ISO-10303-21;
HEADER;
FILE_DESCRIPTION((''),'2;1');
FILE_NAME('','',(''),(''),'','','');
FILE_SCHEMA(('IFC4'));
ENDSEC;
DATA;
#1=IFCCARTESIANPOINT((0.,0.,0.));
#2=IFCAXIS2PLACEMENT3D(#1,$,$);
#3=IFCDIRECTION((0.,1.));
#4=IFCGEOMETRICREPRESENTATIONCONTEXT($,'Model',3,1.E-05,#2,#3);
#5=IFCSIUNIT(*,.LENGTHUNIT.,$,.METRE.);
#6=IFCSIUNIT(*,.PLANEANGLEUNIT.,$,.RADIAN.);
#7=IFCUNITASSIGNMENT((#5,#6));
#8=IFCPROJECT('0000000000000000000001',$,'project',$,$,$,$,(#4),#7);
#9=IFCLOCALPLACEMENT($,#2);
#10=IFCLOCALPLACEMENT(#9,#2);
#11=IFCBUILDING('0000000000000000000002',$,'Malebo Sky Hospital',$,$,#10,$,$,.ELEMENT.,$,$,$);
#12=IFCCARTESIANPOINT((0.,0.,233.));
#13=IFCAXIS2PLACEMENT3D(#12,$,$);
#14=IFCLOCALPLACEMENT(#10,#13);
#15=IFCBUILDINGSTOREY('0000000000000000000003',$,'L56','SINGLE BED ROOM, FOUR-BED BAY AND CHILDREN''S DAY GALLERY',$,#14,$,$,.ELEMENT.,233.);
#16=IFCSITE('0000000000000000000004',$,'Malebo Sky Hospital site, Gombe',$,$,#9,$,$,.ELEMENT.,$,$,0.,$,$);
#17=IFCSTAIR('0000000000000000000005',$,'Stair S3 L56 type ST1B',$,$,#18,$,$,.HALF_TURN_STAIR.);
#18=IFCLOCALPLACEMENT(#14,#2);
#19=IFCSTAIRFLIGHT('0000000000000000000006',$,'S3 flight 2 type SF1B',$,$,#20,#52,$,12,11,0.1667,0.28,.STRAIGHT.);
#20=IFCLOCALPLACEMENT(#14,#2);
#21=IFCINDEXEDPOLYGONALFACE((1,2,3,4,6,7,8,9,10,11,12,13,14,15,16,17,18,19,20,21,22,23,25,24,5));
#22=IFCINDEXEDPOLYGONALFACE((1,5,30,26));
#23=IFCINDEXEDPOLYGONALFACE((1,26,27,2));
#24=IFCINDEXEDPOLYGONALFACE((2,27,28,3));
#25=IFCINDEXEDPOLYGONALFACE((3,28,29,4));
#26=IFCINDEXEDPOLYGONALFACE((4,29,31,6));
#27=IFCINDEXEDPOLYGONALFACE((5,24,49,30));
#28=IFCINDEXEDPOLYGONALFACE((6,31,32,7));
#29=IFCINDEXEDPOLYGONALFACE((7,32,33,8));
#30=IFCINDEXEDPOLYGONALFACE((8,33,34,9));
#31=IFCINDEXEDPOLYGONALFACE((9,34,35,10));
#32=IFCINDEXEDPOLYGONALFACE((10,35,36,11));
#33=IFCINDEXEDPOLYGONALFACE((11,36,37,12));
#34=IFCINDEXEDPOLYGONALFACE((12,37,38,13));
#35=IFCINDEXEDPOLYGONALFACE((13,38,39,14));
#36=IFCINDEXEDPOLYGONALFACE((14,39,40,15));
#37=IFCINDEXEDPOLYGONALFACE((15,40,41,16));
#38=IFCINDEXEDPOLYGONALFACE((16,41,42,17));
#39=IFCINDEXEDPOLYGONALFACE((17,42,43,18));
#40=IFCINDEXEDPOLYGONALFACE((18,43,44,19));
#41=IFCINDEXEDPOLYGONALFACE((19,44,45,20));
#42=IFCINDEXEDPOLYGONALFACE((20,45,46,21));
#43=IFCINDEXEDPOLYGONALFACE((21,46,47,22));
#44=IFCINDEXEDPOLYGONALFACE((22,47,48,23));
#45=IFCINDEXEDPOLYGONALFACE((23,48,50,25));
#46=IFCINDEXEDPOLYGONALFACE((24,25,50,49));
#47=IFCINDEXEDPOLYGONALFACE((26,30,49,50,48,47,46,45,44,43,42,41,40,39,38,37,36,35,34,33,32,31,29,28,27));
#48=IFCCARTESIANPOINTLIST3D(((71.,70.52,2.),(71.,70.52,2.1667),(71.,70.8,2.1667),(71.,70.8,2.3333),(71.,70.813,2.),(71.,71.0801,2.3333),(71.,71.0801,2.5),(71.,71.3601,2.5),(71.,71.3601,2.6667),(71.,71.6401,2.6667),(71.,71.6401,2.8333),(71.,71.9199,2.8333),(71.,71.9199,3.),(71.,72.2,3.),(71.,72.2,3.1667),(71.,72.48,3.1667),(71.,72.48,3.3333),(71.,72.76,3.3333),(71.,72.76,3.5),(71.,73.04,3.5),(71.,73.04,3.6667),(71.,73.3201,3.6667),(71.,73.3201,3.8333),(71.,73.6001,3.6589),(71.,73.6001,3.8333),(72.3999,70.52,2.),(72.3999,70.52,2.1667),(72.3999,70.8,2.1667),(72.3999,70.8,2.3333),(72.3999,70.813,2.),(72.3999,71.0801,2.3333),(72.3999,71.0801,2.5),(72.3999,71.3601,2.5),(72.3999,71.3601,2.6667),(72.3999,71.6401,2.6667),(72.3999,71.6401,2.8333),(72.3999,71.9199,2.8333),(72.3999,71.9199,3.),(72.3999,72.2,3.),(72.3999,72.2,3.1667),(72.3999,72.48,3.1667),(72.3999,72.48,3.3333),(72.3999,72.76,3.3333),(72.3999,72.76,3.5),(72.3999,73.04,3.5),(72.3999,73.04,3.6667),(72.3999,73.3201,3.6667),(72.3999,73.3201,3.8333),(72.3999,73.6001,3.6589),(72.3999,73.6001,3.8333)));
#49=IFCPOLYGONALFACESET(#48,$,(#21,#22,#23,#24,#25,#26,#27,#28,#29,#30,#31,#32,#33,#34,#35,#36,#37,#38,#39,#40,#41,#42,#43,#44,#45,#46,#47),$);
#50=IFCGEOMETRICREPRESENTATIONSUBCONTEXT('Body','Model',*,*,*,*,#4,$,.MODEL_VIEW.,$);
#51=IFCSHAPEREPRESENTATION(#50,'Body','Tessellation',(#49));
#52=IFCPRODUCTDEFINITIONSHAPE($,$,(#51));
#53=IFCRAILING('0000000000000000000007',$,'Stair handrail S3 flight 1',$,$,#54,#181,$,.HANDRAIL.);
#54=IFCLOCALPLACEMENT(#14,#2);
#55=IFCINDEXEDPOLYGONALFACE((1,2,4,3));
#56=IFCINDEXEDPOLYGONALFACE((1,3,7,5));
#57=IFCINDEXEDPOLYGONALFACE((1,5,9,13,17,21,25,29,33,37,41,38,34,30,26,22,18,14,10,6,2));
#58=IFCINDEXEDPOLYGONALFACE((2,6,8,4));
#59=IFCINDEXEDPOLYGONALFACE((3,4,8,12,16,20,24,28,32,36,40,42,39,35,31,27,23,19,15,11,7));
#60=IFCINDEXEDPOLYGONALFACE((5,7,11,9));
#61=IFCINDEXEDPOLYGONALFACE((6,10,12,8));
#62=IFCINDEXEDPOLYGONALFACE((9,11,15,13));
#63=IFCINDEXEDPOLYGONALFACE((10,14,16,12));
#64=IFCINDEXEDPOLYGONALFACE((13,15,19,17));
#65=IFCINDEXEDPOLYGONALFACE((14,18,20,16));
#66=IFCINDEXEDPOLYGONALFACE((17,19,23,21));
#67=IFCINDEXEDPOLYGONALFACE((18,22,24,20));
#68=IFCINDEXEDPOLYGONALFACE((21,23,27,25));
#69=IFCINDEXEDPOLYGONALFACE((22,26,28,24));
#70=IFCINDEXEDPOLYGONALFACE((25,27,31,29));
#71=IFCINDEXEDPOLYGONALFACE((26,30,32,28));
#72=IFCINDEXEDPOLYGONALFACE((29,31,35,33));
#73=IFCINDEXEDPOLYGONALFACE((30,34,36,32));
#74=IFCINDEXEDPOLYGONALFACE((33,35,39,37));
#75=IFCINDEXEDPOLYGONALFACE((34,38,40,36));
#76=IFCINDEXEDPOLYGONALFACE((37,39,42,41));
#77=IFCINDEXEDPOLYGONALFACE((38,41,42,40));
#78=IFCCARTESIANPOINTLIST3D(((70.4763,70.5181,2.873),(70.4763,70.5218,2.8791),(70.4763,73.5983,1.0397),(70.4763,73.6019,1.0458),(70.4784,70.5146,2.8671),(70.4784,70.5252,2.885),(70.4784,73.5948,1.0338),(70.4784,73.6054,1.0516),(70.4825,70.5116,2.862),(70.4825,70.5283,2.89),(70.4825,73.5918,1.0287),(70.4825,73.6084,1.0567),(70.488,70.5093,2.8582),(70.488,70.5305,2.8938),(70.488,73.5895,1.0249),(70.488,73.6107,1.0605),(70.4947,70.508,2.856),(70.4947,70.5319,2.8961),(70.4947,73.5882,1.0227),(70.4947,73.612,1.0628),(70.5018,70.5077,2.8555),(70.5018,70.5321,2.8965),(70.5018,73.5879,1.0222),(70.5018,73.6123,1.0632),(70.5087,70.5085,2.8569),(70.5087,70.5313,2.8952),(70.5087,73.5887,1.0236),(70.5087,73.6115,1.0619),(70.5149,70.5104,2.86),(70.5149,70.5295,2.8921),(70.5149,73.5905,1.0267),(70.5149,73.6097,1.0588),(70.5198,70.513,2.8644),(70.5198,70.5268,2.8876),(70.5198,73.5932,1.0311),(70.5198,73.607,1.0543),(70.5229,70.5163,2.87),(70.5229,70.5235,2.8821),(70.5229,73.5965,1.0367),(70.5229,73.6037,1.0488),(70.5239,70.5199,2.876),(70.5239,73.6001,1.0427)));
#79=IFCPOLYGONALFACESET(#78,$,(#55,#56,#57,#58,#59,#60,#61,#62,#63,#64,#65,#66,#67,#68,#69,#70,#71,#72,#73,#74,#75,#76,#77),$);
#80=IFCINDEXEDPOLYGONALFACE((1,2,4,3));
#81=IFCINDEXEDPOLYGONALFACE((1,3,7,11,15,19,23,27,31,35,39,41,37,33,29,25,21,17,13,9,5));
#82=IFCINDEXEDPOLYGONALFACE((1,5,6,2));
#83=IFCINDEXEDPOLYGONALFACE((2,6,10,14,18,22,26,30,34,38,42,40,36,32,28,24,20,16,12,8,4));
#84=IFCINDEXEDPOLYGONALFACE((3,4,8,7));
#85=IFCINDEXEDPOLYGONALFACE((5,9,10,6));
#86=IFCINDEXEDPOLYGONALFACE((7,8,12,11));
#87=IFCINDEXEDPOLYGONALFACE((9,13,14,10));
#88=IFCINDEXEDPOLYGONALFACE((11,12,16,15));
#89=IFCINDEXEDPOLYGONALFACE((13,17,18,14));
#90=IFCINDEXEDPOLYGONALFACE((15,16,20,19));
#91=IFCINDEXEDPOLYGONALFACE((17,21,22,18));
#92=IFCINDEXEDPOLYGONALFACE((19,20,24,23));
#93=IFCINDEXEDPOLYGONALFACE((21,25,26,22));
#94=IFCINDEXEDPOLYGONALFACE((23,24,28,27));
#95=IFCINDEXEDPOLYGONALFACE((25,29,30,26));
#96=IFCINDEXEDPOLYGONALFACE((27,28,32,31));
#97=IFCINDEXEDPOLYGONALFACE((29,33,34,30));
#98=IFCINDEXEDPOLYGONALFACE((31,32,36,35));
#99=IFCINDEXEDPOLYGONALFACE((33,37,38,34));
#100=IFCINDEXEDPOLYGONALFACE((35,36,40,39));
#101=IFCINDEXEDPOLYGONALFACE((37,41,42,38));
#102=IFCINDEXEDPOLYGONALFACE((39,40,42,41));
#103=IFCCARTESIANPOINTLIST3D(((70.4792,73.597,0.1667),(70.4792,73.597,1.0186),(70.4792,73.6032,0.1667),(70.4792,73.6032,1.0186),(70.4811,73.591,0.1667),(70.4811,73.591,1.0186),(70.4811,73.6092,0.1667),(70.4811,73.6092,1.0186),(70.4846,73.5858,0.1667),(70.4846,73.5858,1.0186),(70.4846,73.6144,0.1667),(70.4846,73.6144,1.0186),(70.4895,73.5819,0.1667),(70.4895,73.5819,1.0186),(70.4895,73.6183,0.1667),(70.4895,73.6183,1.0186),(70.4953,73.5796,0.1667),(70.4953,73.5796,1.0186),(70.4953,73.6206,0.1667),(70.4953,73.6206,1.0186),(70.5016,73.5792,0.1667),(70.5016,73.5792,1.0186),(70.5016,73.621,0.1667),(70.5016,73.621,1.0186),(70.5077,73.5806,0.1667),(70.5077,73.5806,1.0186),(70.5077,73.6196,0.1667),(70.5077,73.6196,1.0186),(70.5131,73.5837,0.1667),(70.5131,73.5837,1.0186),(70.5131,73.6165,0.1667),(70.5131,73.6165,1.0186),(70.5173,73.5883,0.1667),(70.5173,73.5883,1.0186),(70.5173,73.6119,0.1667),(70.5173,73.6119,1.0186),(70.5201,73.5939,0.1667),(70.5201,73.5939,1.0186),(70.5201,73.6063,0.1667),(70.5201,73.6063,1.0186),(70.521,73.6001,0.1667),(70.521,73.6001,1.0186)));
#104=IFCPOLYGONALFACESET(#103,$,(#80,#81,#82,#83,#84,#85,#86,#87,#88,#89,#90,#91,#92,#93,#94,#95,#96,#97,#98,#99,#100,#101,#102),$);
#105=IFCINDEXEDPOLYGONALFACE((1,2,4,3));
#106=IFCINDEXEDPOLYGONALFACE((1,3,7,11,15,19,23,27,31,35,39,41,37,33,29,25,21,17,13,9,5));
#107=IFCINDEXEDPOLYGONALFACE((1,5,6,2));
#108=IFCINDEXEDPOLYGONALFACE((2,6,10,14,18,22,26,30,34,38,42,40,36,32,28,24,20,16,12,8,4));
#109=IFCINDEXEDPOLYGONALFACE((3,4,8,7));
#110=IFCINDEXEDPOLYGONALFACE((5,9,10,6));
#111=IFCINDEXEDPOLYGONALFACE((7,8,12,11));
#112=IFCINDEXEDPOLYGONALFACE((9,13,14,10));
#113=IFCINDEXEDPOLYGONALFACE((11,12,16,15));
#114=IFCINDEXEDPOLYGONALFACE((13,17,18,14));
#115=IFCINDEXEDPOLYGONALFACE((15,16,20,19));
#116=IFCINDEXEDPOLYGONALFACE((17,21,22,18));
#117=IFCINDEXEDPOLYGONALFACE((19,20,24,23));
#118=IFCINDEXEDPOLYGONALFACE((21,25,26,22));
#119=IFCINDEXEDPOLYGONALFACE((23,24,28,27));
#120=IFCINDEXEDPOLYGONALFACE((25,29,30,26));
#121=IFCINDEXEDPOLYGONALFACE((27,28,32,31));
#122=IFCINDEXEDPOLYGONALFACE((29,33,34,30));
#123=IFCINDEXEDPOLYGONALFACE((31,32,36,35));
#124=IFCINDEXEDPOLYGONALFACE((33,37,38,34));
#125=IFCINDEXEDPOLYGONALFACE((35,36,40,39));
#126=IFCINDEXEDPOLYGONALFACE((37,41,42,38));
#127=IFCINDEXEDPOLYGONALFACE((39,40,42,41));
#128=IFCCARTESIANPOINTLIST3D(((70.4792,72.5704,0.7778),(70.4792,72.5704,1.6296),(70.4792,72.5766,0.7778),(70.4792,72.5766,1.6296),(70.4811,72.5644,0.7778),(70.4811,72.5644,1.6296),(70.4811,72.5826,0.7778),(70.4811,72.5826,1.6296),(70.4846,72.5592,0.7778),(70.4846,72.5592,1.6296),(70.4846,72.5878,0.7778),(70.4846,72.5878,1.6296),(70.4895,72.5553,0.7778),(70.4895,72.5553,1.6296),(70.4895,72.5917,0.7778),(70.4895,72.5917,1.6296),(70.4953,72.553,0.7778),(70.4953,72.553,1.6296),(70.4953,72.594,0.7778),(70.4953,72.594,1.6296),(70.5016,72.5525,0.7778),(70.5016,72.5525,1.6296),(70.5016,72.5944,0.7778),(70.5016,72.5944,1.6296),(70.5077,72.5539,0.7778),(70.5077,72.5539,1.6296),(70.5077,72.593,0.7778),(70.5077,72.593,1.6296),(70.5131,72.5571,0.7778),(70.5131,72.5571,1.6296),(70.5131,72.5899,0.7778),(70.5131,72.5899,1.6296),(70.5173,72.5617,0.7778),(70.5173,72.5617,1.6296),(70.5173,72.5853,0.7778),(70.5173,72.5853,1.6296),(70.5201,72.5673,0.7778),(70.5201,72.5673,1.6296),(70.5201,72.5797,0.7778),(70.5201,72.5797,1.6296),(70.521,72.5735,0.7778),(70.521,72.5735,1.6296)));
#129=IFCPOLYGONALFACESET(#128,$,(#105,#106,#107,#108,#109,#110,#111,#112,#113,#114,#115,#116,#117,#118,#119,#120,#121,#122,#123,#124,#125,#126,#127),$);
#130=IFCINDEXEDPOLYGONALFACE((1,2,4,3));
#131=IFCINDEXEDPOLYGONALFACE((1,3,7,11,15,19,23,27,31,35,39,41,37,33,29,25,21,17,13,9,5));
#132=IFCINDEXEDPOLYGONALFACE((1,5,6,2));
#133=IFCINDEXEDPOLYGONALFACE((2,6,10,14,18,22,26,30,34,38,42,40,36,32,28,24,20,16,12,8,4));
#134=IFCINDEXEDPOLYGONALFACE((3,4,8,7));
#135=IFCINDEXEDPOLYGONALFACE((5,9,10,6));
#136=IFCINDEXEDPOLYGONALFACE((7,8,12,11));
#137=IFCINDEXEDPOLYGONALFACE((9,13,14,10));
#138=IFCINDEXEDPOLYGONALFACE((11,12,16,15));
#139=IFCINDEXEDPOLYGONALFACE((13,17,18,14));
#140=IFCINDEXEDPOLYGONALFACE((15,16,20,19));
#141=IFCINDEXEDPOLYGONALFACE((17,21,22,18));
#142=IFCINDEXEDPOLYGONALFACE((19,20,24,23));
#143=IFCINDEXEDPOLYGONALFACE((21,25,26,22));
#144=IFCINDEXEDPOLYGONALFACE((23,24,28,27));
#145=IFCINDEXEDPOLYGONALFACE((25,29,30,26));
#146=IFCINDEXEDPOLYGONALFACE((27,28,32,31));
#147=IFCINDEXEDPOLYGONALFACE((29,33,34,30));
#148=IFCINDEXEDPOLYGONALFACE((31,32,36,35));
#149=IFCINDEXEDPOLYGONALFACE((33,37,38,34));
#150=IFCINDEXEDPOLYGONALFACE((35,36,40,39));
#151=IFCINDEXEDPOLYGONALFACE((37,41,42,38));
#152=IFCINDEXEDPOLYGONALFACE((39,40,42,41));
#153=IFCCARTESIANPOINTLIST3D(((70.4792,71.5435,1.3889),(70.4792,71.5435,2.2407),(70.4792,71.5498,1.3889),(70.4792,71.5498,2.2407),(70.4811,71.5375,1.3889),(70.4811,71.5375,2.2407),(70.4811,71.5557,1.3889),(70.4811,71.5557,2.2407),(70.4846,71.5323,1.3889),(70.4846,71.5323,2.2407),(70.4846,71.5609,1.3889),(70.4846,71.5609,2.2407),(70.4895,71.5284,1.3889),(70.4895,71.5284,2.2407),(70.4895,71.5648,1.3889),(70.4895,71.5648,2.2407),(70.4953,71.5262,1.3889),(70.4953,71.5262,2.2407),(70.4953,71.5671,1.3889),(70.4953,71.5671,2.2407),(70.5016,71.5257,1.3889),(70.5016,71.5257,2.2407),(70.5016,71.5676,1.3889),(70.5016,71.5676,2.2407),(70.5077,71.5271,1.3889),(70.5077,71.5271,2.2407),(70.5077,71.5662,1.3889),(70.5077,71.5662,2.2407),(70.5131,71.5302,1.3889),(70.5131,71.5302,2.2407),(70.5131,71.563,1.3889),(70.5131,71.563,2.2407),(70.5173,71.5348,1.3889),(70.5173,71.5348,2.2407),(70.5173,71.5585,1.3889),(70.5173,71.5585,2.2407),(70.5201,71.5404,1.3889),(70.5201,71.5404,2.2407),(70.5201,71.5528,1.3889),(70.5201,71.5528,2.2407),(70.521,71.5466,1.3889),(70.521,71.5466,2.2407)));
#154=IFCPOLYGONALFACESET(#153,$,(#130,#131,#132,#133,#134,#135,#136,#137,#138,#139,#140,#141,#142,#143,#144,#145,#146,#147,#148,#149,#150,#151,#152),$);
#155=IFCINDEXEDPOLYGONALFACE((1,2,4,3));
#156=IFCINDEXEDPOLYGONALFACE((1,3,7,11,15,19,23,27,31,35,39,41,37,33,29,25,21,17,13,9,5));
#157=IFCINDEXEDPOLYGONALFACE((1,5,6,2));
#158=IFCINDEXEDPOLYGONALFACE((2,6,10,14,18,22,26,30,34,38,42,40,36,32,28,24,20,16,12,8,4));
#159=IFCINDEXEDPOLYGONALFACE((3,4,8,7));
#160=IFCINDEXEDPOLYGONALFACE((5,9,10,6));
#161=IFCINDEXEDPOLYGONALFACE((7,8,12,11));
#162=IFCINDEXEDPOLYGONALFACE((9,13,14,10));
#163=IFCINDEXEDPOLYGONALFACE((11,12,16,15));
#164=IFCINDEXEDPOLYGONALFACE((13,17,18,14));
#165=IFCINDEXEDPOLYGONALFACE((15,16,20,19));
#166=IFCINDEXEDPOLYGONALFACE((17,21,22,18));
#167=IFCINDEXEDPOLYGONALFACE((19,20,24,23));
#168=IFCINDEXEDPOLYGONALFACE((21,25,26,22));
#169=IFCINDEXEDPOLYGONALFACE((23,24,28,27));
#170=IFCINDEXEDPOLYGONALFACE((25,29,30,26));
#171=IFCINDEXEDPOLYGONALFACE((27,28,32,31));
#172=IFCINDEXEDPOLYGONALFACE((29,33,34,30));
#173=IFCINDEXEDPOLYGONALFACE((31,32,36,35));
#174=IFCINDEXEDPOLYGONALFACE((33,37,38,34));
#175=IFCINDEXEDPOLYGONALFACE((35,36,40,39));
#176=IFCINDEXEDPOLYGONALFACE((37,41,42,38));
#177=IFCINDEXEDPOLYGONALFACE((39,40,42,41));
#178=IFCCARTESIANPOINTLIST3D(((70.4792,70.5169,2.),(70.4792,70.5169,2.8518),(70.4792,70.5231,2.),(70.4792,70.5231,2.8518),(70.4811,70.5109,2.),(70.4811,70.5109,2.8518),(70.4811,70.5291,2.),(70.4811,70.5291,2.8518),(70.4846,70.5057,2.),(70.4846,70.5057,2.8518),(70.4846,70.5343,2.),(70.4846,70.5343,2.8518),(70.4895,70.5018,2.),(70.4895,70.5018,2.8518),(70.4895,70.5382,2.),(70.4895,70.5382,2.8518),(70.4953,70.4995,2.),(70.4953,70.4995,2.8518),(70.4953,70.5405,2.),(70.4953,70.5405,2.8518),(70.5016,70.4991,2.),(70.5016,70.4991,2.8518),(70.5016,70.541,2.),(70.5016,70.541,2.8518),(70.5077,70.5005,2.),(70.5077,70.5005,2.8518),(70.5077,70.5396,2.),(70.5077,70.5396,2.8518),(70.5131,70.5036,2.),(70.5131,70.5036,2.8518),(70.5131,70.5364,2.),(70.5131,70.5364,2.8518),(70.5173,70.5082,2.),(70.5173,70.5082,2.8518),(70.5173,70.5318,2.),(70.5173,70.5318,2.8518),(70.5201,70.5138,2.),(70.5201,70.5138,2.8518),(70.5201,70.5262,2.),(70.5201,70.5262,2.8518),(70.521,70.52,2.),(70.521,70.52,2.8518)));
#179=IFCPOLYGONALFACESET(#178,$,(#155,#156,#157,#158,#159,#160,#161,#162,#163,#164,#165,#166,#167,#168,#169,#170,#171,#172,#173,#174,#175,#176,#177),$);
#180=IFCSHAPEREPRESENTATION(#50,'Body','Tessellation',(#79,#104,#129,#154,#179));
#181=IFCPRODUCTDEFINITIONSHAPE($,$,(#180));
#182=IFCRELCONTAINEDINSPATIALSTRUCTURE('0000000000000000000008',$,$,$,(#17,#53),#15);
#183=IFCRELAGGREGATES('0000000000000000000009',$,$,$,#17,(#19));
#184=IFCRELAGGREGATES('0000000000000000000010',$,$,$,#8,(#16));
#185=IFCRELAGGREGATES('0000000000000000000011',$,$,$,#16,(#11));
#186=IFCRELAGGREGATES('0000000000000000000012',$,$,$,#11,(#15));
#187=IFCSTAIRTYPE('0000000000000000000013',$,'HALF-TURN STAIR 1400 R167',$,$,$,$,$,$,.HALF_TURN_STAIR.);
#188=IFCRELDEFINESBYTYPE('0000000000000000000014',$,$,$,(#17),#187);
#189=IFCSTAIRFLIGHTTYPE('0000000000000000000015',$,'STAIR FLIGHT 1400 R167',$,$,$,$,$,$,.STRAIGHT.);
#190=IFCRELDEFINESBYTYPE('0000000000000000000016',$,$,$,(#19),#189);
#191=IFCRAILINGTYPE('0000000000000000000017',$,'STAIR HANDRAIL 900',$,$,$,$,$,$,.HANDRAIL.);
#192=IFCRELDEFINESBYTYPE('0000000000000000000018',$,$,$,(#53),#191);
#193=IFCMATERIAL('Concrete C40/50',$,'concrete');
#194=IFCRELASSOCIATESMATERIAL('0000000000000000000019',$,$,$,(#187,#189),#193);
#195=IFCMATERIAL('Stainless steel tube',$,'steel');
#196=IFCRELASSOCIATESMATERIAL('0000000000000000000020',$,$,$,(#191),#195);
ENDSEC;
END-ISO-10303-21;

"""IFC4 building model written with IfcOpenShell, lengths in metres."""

from ifc_helpers import new_model, si_unit, direction, frame, origin, origin_2d, place, context, subcontext, project, spatial, polyline, circle, outline, extrude, material, type_object, element, aggregate, save


model = new_model("IFC4")

# Units and contexts
model_context = context("Model", 3, precision=1e-05, world=origin(), true_north=direction((0.0, 1.0)))
body_context = subcontext(model_context, "Body", "Model", "MODEL_VIEW")
ifc_project = project(units=[si_unit("LENGTHUNIT", "METRE"), si_unit("PLANEANGLEUNIT", "RADIAN")], contexts=[model_context])

# Site, building, storey
site_placement = place(None, origin())
site = spatial("IfcSite", under=ifc_project, at=site_placement, Name="Malebo Sky Hospital site, Gombe", CompositionType="ELEMENT", RefElevation=0.0)
building_placement = place(site_placement, origin())
building = spatial("IfcBuilding", under=site, at=building_placement, Name="Malebo Sky Hospital", CompositionType="ELEMENT")
storey_placement = place(building_placement, frame((0.0, 0.0, 233.0)))
storey = spatial("IfcBuildingStorey", under=building, at=storey_placement, Name="L56", Description="SINGLE BED ROOM, FOUR-BED BAY AND CHILDREN'S DAY GALLERY", CompositionType="ELEMENT", Elevation=233.0)

# Shared definitions
ifc_material_1 = material(Name="Concrete C40/50", Category="concrete")

# Stair, stair flight
stair_type = type_object("IfcStairType", Name="HALF-TURN STAIR 1400 R167", PredefinedType="HALF_TURN_STAIR", material=ifc_material_1)
stair_placement = place(storey_placement, origin())
stair = element("IfcStair", 1, at=stair_placement, inside=storey, type_object=stair_type, Name="Stair S3 L56 type ST1B", PredefinedType="HALF_TURN_STAIR")
stair_flight_type = type_object("IfcStairFlightType", Name="STAIR FLIGHT 1400 R167", PredefinedType="STRAIGHT", material=ifc_material_1)
stair_flight_1_placement = place(storey_placement, frame((71.7, 70.52, 2.0), z_axis=(0.0, 0.0, 1.0), x_axis=(0.0, 1.0, 0.0)))
stair_flight_1 = element("IfcStairFlight", 2, at=stair_flight_1_placement, type_object=stair_flight_type, Name="S3 flight 2 type SF1B", NumberOfRisers=12, NumberOfTreads=11, PredefinedType="STRAIGHT", RiserHeight=0.1667, TreadLength=0.28, context=body_context, shape_type="SweptSolid", body=[
    extrude(outline(polyline([(0.0, 0.0), (0.0, 0.1667), (0.28, 0.1667), (0.28, 0.3333), (0.5601, 0.3333), (0.5601, 0.5), (0.8401, 0.5), (0.8401, 0.6667), (1.1201, 0.6667), (1.1201, 0.8333), (1.3999, 0.8333), (1.3999, 1.0), (1.6799, 1.0), (1.6799, 1.1667), (1.96, 1.1667), (1.96, 1.3333), (2.24, 1.3333), (2.24, 1.5), (2.52, 1.5), (2.52, 1.6667), (2.8, 1.6667), (2.8, 1.8333), (3.0801, 1.8333), (3.0801, 2.0), (3.0801, 1.6589), (0.293, 0.0), (0.0, 0.0)])), frame((0.0, 0.7, 0.0), z_axis=(0.0, -1.0, 0.0), x_axis=(1.0, 0.0, 0.0)), (0.0, 0.0, 1.0), 1.3999),
])
aggregate(stair, [stair_flight_1])

# Railing
ifc_material_2 = material(Name="Stainless steel tube", Category="steel")
railing_type = type_object("IfcRailingType", Name="STAIR HANDRAIL 900", PredefinedType="HANDRAIL", material=ifc_material_2)
railing_1_placement = place(storey_placement, frame((70.5, 73.6001, 0.1667)))
element("IfcRailing", 3, at=railing_1_placement, inside=storey, type_object=railing_type, Name="Stair handrail S3 flight 1", PredefinedType="HANDRAIL", context=body_context, shape_type="SweptSolid", body=[
    extrude(circle(Radius=0.0239, at=origin_2d()), frame((0.0, 0.0, 0.876), z_axis=(0.0, -0.859309, 0.511458), x_axis=(1.0, 0.0, 0.0)), (0.0, 0.0, 1.0), 3.5845),
    extrude(circle(Radius=0.021, at=origin_2d()), origin(), (0.0, 0.0, 1.0), 0.8518),
    extrude(circle(Radius=0.021, at=origin_2d()), frame((0.0, -1.0266, 0.6111)), (0.0, 0.0, 1.0), 0.8518),
    extrude(circle(Radius=0.021, at=origin_2d()), frame((0.0, -2.0535, 1.2222)), (0.0, 0.0, 1.0), 0.8518),
    extrude(circle(Radius=0.021, at=origin_2d()), frame((0.0, -3.0801, 1.8333)), (0.0, 0.0, 1.0), 0.8518),
])

save(model, "model.ifc")
